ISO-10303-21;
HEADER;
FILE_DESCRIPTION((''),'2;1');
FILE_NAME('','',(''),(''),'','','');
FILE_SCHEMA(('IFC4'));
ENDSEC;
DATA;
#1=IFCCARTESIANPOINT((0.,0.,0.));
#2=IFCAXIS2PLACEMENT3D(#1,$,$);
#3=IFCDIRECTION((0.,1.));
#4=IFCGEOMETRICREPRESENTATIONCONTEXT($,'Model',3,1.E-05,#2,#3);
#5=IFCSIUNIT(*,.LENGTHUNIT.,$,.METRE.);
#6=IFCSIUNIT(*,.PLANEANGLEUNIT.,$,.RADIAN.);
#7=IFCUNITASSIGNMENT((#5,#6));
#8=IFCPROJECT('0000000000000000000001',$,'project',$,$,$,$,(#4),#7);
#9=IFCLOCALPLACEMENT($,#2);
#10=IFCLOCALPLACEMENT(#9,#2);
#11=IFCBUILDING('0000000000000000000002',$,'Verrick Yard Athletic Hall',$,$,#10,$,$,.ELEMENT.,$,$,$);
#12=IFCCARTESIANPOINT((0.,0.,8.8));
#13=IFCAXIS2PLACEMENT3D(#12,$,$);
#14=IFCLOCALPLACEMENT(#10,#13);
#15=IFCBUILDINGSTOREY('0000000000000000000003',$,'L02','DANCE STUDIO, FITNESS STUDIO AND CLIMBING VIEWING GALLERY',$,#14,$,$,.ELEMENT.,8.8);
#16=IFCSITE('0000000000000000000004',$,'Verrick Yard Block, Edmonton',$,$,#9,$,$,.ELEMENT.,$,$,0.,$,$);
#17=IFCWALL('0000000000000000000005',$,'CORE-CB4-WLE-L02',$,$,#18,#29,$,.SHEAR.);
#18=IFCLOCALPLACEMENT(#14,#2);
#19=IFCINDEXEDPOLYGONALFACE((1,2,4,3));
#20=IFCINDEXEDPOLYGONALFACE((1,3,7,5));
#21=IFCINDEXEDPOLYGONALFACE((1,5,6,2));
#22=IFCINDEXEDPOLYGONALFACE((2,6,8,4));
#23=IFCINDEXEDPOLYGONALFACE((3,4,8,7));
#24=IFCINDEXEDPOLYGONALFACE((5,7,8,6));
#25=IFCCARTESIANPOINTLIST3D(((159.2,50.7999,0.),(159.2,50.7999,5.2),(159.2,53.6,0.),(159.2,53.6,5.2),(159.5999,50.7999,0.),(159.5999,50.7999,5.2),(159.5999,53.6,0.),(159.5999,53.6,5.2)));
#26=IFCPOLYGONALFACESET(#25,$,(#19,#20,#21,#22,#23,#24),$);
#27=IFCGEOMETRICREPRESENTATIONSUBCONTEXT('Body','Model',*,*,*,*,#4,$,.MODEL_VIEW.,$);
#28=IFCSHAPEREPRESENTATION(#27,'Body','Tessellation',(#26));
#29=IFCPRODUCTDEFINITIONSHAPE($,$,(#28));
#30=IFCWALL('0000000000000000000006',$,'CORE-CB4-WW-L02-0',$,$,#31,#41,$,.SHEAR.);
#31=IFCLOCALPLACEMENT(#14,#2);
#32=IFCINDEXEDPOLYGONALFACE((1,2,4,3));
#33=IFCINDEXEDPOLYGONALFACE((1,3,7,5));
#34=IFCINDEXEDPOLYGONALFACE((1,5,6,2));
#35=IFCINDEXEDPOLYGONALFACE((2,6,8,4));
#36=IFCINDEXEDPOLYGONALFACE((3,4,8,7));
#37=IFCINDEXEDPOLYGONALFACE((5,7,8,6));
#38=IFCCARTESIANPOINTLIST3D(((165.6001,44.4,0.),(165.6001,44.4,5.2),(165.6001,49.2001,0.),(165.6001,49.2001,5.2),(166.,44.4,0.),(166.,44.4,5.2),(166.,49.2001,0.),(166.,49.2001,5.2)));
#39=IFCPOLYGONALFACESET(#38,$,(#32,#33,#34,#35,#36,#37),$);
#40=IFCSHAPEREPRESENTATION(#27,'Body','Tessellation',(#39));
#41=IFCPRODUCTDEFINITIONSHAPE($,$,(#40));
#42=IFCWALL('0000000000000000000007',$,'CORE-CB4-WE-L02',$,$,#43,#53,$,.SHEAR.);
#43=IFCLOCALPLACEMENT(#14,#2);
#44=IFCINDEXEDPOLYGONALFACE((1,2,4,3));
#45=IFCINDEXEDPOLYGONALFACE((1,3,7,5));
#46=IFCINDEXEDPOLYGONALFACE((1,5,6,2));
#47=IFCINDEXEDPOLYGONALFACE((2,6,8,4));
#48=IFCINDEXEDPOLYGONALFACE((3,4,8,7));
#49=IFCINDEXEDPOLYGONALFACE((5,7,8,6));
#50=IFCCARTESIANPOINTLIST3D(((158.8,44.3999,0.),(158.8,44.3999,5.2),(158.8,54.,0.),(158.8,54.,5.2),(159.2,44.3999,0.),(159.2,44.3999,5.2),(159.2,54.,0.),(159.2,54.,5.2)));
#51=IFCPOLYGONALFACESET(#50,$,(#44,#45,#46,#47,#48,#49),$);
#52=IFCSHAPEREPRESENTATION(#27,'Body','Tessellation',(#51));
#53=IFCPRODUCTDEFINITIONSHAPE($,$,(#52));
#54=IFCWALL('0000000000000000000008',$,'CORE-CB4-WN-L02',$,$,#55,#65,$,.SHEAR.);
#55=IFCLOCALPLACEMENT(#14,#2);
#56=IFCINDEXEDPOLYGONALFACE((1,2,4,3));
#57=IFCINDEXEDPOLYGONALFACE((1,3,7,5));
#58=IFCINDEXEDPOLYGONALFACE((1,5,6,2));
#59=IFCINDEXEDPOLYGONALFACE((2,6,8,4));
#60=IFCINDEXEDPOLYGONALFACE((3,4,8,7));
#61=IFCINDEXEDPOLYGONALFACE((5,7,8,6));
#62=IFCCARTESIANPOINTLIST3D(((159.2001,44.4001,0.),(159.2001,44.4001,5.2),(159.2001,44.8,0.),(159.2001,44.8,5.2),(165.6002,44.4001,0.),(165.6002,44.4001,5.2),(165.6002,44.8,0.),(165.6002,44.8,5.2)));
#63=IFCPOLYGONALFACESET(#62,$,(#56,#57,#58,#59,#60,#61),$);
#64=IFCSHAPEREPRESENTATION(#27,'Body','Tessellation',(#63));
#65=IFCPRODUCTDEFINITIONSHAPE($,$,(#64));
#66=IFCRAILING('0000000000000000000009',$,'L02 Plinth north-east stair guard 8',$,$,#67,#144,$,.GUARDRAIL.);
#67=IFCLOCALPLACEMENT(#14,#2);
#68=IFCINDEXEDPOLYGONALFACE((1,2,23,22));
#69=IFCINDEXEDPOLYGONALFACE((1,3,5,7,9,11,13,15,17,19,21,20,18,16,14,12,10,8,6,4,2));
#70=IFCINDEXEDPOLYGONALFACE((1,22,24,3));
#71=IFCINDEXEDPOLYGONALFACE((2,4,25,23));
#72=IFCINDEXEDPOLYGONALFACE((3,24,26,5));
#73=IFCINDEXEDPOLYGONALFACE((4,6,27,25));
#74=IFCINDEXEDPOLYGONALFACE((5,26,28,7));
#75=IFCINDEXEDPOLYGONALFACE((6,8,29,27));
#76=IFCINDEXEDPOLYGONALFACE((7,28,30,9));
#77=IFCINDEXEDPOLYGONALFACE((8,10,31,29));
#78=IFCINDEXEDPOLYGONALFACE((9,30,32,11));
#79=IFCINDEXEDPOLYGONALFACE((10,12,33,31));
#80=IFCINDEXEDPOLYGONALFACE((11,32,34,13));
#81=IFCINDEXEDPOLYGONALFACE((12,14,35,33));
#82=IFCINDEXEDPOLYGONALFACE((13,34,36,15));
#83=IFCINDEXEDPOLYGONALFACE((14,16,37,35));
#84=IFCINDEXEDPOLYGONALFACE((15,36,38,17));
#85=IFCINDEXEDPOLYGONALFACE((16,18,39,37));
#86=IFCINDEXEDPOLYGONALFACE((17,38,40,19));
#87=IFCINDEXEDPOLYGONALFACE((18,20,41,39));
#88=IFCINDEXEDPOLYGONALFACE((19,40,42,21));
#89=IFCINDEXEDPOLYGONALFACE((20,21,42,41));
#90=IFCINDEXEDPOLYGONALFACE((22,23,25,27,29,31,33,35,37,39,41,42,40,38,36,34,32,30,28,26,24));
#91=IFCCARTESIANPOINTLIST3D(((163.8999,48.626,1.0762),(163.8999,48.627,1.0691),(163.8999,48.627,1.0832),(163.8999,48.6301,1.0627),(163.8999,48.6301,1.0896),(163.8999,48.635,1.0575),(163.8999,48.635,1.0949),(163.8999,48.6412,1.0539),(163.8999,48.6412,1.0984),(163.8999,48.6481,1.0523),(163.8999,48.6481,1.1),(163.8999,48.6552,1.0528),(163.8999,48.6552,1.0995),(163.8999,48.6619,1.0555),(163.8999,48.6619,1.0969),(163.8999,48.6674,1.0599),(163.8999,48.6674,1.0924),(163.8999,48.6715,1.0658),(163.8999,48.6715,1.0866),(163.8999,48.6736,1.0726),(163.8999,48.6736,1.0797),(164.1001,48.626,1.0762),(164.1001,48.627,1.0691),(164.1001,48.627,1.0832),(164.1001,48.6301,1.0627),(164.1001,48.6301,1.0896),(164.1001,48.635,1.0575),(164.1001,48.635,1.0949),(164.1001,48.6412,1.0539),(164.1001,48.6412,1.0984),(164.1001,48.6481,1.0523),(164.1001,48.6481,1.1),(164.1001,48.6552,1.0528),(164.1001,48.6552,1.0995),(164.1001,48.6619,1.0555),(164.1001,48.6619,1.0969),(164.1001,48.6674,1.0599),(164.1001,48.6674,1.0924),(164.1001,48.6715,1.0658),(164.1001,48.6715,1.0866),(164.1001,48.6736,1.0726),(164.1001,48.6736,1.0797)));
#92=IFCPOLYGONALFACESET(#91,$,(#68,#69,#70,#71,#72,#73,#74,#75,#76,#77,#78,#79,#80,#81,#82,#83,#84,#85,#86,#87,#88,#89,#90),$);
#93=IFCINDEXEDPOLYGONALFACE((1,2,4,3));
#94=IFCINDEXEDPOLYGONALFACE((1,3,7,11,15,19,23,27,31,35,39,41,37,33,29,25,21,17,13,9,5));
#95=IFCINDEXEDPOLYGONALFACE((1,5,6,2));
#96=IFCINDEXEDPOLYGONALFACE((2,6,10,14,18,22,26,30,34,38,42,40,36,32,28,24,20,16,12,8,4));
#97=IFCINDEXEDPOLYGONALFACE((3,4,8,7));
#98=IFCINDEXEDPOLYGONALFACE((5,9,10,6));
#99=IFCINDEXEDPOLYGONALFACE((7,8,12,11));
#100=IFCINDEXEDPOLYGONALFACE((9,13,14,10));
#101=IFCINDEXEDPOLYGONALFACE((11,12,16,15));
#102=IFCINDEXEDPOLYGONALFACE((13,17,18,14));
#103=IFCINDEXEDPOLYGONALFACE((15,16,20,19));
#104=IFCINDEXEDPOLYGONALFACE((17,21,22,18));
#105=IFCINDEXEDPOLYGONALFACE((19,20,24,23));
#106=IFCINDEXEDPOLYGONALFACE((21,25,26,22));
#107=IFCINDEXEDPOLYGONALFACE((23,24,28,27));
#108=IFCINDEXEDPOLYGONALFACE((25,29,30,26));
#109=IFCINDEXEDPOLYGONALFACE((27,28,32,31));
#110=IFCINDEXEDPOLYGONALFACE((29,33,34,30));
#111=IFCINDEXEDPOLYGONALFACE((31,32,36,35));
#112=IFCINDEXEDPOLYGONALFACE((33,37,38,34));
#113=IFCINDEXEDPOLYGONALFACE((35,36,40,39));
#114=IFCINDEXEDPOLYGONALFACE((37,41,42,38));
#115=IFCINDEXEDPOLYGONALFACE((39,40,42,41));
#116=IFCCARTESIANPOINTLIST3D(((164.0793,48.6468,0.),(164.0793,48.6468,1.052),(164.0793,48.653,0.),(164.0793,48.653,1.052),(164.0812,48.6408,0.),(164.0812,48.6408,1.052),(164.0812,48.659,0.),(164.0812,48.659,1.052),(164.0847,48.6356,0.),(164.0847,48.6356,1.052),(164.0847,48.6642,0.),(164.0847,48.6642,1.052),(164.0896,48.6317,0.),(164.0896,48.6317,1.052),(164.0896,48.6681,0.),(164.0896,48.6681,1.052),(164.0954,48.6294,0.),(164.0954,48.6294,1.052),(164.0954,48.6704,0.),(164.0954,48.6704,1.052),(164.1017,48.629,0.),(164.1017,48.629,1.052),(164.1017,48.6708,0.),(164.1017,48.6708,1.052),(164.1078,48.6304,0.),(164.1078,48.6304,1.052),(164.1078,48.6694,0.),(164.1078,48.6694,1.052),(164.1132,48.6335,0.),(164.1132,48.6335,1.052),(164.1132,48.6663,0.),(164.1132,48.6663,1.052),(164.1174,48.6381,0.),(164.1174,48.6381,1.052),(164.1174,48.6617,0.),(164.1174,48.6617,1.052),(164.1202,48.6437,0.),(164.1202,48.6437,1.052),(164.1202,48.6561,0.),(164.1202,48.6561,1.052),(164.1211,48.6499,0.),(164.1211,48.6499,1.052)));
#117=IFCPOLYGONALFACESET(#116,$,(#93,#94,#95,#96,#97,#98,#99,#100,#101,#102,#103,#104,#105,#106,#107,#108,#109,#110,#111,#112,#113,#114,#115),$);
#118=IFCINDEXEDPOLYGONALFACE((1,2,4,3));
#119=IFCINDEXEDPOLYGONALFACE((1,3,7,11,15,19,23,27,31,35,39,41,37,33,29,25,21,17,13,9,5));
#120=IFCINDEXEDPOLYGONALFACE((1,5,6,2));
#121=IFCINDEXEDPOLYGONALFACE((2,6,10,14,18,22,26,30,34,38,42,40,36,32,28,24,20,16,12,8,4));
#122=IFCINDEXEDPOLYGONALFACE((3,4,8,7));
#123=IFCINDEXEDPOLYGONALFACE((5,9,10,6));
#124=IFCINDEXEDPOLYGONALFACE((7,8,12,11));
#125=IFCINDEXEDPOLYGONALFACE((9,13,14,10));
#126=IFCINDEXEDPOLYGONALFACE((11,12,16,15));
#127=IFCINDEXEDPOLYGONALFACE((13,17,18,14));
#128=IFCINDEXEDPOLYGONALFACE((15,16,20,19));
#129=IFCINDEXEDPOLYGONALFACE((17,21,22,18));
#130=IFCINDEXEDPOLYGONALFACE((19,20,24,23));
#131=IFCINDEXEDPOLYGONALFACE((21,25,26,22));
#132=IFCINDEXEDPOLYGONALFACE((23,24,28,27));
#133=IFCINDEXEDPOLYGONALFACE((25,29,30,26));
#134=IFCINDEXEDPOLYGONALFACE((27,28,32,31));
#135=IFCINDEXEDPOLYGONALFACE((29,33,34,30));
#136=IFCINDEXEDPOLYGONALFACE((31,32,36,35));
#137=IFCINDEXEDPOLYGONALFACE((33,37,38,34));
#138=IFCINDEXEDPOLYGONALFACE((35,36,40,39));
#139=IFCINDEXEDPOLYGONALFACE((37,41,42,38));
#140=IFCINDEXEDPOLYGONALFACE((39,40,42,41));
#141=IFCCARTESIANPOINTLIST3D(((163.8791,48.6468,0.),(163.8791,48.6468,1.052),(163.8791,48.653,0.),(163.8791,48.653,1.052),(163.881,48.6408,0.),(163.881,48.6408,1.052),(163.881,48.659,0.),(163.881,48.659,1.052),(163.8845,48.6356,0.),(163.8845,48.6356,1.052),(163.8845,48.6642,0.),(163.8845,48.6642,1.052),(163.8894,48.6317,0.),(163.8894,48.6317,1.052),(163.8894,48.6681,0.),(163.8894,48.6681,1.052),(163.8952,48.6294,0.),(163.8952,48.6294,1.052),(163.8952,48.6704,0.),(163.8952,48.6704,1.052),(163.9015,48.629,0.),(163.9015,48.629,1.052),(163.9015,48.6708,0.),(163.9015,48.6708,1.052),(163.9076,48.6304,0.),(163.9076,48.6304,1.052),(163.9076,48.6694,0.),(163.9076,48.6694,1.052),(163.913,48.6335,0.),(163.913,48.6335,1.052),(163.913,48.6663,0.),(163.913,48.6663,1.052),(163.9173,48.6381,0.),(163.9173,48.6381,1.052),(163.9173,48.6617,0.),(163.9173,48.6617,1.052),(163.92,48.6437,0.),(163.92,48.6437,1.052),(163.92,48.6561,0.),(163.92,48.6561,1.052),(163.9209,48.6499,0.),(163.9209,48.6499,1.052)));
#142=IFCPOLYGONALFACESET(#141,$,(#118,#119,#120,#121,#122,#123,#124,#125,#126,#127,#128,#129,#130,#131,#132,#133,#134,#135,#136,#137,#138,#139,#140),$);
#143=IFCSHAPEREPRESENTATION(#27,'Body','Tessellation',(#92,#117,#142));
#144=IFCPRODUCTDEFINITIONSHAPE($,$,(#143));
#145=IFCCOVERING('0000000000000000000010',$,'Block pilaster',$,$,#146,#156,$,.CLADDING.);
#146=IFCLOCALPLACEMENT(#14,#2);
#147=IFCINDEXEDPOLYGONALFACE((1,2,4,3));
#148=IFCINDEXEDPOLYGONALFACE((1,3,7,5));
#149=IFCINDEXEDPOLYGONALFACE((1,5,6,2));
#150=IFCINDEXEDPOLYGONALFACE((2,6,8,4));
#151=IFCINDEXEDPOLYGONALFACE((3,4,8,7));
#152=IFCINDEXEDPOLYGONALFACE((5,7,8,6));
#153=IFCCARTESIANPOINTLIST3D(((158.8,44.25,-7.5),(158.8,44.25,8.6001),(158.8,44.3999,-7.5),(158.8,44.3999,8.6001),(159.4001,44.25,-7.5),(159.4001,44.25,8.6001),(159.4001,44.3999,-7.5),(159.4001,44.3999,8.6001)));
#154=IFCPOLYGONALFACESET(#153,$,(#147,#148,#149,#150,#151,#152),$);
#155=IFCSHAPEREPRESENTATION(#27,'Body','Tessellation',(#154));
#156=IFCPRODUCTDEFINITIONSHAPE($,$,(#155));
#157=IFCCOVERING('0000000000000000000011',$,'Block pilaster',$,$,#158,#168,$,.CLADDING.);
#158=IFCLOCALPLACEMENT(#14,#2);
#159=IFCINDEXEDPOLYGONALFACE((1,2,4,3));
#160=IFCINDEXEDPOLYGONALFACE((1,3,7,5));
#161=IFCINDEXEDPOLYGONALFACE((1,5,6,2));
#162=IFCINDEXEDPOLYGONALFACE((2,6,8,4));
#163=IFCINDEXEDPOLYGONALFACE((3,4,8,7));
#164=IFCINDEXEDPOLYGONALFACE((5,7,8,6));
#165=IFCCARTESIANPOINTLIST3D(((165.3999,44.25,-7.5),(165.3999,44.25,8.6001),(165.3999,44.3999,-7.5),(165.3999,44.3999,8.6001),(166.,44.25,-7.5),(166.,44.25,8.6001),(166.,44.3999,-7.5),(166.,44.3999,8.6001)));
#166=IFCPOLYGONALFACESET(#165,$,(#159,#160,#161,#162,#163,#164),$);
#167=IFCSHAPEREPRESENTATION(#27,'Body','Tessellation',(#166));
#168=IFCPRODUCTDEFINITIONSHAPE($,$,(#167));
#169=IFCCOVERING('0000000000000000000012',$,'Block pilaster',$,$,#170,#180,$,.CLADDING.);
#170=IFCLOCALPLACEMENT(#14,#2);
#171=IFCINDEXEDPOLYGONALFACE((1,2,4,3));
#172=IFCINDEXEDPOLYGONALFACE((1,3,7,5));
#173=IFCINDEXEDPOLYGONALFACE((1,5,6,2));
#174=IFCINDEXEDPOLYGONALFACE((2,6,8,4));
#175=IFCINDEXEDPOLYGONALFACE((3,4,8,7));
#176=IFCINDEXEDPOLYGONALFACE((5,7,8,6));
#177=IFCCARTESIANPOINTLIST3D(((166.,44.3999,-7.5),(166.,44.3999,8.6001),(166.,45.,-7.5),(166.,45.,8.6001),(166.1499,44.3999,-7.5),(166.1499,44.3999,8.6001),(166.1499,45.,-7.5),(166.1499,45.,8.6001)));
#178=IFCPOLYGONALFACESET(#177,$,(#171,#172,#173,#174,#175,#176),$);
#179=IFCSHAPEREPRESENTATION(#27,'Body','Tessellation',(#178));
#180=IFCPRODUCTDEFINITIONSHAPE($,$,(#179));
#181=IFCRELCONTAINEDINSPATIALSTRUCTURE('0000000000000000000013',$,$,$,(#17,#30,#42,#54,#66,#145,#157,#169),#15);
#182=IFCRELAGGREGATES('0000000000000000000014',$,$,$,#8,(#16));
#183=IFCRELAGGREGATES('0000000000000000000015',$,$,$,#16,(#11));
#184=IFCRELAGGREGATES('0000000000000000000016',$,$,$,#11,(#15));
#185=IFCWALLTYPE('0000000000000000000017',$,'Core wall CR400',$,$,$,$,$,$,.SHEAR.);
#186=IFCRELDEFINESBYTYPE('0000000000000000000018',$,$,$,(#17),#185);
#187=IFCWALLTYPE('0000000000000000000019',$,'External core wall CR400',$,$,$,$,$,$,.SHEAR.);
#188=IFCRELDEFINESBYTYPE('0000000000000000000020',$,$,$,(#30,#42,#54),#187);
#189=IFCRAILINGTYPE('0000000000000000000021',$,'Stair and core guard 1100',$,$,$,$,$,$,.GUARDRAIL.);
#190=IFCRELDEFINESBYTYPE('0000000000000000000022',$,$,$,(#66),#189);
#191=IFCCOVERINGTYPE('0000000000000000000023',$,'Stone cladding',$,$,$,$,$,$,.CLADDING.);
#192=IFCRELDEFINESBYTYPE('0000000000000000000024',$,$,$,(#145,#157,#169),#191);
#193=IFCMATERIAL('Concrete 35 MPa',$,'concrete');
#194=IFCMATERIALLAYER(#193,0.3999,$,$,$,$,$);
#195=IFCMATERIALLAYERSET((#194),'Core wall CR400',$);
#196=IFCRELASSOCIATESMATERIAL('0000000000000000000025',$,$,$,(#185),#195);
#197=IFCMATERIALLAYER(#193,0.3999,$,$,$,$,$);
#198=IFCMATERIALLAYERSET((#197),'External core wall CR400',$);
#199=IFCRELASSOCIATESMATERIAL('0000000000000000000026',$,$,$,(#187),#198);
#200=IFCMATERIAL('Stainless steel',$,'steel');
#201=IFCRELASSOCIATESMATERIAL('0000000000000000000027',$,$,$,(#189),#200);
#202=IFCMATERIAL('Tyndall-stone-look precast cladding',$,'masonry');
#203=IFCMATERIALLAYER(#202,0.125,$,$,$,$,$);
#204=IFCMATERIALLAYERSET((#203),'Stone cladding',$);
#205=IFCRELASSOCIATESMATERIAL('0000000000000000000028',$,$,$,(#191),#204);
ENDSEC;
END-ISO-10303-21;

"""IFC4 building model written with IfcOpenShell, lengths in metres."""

from ifc_helpers import new_model, si_unit, direction, frame, frame_2d, origin, origin_2d, place, context, subcontext, project, spatial, rectangle, circle, extrude, material, layer, layer_set, type_object, element, save


model = new_model("IFC4")

# Units and contexts
model_context = context("Model", 3, precision=1e-05, world=origin(), true_north=direction((0.0, 1.0)))
body_context = subcontext(model_context, "Body", "Model", "MODEL_VIEW")
ifc_project = project(units=[si_unit("LENGTHUNIT", "METRE"), si_unit("PLANEANGLEUNIT", "RADIAN")], contexts=[model_context])

# Site, building, storey
site_placement = place(None, origin())
site = spatial("IfcSite", under=ifc_project, at=site_placement, Name="Verrick Yard Block, Edmonton", CompositionType="ELEMENT", RefElevation=0.0)
building_placement = place(site_placement, origin())
building = spatial("IfcBuilding", under=site, at=building_placement, Name="Verrick Yard Athletic Hall", CompositionType="ELEMENT")
storey_placement = place(building_placement, frame((0.0, 0.0, 8.8)))
storey = spatial("IfcBuildingStorey", under=building, at=storey_placement, Name="L02", Description="DANCE STUDIO, FITNESS STUDIO AND CLIMBING VIEWING GALLERY", CompositionType="ELEMENT", Elevation=8.8)

# Shared definitions
ifc_material_1 = material(Name="Concrete 35 MPa", Category="concrete")
ifc_layer_1 = layer(ifc_material_1, 0.3999)
ifc_layer_set_1 = layer_set([ifc_layer_1], Name="Core wall CR400")
wall_type_1 = type_object("IfcWallType", Name="Core wall CR400", PredefinedType="SHEAR", material=ifc_layer_set_1)

# Walls
wall_1_placement = place(storey_placement, frame((159.3999, 50.8, 0.0), z_axis=(0.0, 0.0, 1.0), x_axis=(0.0, 1.0, 0.0)))
element("IfcWall", 1, at=wall_1_placement, inside=storey, type_object=wall_type_1, Name="CORE-CB4-WLE-L02", PredefinedType="SHEAR", context=body_context, shape_type="SweptSolid", body=[
    extrude(rectangle(XDim=2.8, YDim=0.3999, at=frame_2d((1.3999, 0.0))), origin(), (0.0, 0.0, 1.0), 5.2),
])
ifc_layer_2 = layer(ifc_material_1, 0.3999)
ifc_layer_set_2 = layer_set([ifc_layer_2], Name="External core wall CR400")
wall_type_2 = type_object("IfcWallType", Name="External core wall CR400", PredefinedType="SHEAR", material=ifc_layer_set_2)
wall_2_placement = place(storey_placement, frame((165.8, 49.2, 0.0), z_axis=(0.0, 0.0, 1.0), x_axis=(0.0, -1.0, 0.0)))
element("IfcWall", 2, at=wall_2_placement, inside=storey, type_object=wall_type_2, Name="CORE-CB4-WW-L02-0", PredefinedType="SHEAR", context=body_context, shape_type="SweptSolid", body=[
    extrude(rectangle(XDim=4.8, YDim=0.3999, at=frame_2d((2.3999, 0.0))), origin(), (0.0, 0.0, 1.0), 5.2),
])
wall_3_placement = place(storey_placement, frame((159.0, 44.3999, 0.0), z_axis=(0.0, 0.0, 1.0), x_axis=(0.0, 1.0, 0.0)))
element("IfcWall", 3, at=wall_3_placement, inside=storey, type_object=wall_type_2, Name="CORE-CB4-WE-L02", PredefinedType="SHEAR", context=body_context, shape_type="SweptSolid", body=[
    extrude(rectangle(XDim=9.6001, YDim=0.3999, at=frame_2d((4.8, 0.0))), origin(), (0.0, 0.0, 1.0), 5.2),
])
wall_4_placement = place(storey_placement, frame((159.2, 44.6001, 0.0), z_axis=(0.0, 0.0, 1.0), x_axis=(1.0, 0.0, 0.0)))
element("IfcWall", 4, at=wall_4_placement, inside=storey, type_object=wall_type_2, Name="CORE-CB4-WN-L02", PredefinedType="SHEAR", context=body_context, shape_type="SweptSolid", body=[
    extrude(rectangle(XDim=6.4001, YDim=0.3999, at=frame_2d((3.2002, 0.0))), origin(), (0.0, 0.0, 1.0), 5.2),
])

# Railing
ifc_material_2 = material(Name="Stainless steel", Category="steel")
railing_type = type_object("IfcRailingType", Name="Stair and core guard 1100", PredefinedType="GUARDRAIL", material=ifc_material_2)
railing_placement = place(storey_placement, frame((164.1001, 48.6499, 0.0)))
element("IfcRailing", 5, at=railing_placement, inside=storey, type_object=railing_type, Name="L02 Plinth north-east stair guard 8", PredefinedType="GUARDRAIL", context=body_context, shape_type="SweptSolid", body=[
    extrude(circle(Radius=0.0239, at=origin_2d()), frame((0.0, 0.0, 1.0762), z_axis=(-1.0, 0.0, 0.0), x_axis=(0.0, -1.0, 0.0)), (0.0, 0.0, 1.0), 0.2002),
    extrude(circle(Radius=0.021, at=origin_2d()), origin(), (0.0, 0.0, 1.0), 1.052),
    extrude(circle(Radius=0.021, at=origin_2d()), frame((-0.2002, 0.0, 0.0)), (0.0, 0.0, 1.0), 1.052),
])

# Coverings
ifc_material_3 = material(Name="Tyndall-stone-look precast cladding", Category="masonry")
ifc_layer_3 = layer(ifc_material_3, 0.125)
ifc_layer_set_3 = layer_set([ifc_layer_3], Name="Stone cladding")
covering_type = type_object("IfcCoveringType", Name="Stone cladding", PredefinedType="CLADDING", material=ifc_layer_set_3)
for number, where, z_axis, x_axis, name in (
    (6, (159.1001, 44.325, -7.5), (0.0, 0.0, 1.0), (1.0, 0.0, 0.0), "Block pilaster"),
    (7, (165.7, 44.325, -7.5), (0.0, 0.0, 1.0), (1.0, 0.0, 0.0), "Block pilaster"),
):
    element("IfcCovering", number, at=place(storey_placement, frame(where, z_axis=z_axis, x_axis=x_axis)), inside=storey, type_object=covering_type, Name=name, PredefinedType="CLADDING", context=body_context, shape_type="SweptSolid", body=[
        extrude(rectangle(XDim=0.6001, YDim=0.1499, at=origin_2d()), origin(), (0.0, 0.0, 1.0), 16.1001),
    ])
covering_placement = place(storey_placement, frame((166.075, 44.7, -7.5), z_axis=(0.0, 0.0, 1.0), x_axis=(1.0, 0.0, 0.0)))
element("IfcCovering", 8, at=covering_placement, inside=storey, type_object=covering_type, Name="Block pilaster", PredefinedType="CLADDING", context=body_context, shape_type="SweptSolid", body=[
    extrude(rectangle(XDim=0.1499, YDim=0.6001, at=origin_2d()), origin(), (0.0, 0.0, 1.0), 16.1001),
])

save(model, "model.ifc")
